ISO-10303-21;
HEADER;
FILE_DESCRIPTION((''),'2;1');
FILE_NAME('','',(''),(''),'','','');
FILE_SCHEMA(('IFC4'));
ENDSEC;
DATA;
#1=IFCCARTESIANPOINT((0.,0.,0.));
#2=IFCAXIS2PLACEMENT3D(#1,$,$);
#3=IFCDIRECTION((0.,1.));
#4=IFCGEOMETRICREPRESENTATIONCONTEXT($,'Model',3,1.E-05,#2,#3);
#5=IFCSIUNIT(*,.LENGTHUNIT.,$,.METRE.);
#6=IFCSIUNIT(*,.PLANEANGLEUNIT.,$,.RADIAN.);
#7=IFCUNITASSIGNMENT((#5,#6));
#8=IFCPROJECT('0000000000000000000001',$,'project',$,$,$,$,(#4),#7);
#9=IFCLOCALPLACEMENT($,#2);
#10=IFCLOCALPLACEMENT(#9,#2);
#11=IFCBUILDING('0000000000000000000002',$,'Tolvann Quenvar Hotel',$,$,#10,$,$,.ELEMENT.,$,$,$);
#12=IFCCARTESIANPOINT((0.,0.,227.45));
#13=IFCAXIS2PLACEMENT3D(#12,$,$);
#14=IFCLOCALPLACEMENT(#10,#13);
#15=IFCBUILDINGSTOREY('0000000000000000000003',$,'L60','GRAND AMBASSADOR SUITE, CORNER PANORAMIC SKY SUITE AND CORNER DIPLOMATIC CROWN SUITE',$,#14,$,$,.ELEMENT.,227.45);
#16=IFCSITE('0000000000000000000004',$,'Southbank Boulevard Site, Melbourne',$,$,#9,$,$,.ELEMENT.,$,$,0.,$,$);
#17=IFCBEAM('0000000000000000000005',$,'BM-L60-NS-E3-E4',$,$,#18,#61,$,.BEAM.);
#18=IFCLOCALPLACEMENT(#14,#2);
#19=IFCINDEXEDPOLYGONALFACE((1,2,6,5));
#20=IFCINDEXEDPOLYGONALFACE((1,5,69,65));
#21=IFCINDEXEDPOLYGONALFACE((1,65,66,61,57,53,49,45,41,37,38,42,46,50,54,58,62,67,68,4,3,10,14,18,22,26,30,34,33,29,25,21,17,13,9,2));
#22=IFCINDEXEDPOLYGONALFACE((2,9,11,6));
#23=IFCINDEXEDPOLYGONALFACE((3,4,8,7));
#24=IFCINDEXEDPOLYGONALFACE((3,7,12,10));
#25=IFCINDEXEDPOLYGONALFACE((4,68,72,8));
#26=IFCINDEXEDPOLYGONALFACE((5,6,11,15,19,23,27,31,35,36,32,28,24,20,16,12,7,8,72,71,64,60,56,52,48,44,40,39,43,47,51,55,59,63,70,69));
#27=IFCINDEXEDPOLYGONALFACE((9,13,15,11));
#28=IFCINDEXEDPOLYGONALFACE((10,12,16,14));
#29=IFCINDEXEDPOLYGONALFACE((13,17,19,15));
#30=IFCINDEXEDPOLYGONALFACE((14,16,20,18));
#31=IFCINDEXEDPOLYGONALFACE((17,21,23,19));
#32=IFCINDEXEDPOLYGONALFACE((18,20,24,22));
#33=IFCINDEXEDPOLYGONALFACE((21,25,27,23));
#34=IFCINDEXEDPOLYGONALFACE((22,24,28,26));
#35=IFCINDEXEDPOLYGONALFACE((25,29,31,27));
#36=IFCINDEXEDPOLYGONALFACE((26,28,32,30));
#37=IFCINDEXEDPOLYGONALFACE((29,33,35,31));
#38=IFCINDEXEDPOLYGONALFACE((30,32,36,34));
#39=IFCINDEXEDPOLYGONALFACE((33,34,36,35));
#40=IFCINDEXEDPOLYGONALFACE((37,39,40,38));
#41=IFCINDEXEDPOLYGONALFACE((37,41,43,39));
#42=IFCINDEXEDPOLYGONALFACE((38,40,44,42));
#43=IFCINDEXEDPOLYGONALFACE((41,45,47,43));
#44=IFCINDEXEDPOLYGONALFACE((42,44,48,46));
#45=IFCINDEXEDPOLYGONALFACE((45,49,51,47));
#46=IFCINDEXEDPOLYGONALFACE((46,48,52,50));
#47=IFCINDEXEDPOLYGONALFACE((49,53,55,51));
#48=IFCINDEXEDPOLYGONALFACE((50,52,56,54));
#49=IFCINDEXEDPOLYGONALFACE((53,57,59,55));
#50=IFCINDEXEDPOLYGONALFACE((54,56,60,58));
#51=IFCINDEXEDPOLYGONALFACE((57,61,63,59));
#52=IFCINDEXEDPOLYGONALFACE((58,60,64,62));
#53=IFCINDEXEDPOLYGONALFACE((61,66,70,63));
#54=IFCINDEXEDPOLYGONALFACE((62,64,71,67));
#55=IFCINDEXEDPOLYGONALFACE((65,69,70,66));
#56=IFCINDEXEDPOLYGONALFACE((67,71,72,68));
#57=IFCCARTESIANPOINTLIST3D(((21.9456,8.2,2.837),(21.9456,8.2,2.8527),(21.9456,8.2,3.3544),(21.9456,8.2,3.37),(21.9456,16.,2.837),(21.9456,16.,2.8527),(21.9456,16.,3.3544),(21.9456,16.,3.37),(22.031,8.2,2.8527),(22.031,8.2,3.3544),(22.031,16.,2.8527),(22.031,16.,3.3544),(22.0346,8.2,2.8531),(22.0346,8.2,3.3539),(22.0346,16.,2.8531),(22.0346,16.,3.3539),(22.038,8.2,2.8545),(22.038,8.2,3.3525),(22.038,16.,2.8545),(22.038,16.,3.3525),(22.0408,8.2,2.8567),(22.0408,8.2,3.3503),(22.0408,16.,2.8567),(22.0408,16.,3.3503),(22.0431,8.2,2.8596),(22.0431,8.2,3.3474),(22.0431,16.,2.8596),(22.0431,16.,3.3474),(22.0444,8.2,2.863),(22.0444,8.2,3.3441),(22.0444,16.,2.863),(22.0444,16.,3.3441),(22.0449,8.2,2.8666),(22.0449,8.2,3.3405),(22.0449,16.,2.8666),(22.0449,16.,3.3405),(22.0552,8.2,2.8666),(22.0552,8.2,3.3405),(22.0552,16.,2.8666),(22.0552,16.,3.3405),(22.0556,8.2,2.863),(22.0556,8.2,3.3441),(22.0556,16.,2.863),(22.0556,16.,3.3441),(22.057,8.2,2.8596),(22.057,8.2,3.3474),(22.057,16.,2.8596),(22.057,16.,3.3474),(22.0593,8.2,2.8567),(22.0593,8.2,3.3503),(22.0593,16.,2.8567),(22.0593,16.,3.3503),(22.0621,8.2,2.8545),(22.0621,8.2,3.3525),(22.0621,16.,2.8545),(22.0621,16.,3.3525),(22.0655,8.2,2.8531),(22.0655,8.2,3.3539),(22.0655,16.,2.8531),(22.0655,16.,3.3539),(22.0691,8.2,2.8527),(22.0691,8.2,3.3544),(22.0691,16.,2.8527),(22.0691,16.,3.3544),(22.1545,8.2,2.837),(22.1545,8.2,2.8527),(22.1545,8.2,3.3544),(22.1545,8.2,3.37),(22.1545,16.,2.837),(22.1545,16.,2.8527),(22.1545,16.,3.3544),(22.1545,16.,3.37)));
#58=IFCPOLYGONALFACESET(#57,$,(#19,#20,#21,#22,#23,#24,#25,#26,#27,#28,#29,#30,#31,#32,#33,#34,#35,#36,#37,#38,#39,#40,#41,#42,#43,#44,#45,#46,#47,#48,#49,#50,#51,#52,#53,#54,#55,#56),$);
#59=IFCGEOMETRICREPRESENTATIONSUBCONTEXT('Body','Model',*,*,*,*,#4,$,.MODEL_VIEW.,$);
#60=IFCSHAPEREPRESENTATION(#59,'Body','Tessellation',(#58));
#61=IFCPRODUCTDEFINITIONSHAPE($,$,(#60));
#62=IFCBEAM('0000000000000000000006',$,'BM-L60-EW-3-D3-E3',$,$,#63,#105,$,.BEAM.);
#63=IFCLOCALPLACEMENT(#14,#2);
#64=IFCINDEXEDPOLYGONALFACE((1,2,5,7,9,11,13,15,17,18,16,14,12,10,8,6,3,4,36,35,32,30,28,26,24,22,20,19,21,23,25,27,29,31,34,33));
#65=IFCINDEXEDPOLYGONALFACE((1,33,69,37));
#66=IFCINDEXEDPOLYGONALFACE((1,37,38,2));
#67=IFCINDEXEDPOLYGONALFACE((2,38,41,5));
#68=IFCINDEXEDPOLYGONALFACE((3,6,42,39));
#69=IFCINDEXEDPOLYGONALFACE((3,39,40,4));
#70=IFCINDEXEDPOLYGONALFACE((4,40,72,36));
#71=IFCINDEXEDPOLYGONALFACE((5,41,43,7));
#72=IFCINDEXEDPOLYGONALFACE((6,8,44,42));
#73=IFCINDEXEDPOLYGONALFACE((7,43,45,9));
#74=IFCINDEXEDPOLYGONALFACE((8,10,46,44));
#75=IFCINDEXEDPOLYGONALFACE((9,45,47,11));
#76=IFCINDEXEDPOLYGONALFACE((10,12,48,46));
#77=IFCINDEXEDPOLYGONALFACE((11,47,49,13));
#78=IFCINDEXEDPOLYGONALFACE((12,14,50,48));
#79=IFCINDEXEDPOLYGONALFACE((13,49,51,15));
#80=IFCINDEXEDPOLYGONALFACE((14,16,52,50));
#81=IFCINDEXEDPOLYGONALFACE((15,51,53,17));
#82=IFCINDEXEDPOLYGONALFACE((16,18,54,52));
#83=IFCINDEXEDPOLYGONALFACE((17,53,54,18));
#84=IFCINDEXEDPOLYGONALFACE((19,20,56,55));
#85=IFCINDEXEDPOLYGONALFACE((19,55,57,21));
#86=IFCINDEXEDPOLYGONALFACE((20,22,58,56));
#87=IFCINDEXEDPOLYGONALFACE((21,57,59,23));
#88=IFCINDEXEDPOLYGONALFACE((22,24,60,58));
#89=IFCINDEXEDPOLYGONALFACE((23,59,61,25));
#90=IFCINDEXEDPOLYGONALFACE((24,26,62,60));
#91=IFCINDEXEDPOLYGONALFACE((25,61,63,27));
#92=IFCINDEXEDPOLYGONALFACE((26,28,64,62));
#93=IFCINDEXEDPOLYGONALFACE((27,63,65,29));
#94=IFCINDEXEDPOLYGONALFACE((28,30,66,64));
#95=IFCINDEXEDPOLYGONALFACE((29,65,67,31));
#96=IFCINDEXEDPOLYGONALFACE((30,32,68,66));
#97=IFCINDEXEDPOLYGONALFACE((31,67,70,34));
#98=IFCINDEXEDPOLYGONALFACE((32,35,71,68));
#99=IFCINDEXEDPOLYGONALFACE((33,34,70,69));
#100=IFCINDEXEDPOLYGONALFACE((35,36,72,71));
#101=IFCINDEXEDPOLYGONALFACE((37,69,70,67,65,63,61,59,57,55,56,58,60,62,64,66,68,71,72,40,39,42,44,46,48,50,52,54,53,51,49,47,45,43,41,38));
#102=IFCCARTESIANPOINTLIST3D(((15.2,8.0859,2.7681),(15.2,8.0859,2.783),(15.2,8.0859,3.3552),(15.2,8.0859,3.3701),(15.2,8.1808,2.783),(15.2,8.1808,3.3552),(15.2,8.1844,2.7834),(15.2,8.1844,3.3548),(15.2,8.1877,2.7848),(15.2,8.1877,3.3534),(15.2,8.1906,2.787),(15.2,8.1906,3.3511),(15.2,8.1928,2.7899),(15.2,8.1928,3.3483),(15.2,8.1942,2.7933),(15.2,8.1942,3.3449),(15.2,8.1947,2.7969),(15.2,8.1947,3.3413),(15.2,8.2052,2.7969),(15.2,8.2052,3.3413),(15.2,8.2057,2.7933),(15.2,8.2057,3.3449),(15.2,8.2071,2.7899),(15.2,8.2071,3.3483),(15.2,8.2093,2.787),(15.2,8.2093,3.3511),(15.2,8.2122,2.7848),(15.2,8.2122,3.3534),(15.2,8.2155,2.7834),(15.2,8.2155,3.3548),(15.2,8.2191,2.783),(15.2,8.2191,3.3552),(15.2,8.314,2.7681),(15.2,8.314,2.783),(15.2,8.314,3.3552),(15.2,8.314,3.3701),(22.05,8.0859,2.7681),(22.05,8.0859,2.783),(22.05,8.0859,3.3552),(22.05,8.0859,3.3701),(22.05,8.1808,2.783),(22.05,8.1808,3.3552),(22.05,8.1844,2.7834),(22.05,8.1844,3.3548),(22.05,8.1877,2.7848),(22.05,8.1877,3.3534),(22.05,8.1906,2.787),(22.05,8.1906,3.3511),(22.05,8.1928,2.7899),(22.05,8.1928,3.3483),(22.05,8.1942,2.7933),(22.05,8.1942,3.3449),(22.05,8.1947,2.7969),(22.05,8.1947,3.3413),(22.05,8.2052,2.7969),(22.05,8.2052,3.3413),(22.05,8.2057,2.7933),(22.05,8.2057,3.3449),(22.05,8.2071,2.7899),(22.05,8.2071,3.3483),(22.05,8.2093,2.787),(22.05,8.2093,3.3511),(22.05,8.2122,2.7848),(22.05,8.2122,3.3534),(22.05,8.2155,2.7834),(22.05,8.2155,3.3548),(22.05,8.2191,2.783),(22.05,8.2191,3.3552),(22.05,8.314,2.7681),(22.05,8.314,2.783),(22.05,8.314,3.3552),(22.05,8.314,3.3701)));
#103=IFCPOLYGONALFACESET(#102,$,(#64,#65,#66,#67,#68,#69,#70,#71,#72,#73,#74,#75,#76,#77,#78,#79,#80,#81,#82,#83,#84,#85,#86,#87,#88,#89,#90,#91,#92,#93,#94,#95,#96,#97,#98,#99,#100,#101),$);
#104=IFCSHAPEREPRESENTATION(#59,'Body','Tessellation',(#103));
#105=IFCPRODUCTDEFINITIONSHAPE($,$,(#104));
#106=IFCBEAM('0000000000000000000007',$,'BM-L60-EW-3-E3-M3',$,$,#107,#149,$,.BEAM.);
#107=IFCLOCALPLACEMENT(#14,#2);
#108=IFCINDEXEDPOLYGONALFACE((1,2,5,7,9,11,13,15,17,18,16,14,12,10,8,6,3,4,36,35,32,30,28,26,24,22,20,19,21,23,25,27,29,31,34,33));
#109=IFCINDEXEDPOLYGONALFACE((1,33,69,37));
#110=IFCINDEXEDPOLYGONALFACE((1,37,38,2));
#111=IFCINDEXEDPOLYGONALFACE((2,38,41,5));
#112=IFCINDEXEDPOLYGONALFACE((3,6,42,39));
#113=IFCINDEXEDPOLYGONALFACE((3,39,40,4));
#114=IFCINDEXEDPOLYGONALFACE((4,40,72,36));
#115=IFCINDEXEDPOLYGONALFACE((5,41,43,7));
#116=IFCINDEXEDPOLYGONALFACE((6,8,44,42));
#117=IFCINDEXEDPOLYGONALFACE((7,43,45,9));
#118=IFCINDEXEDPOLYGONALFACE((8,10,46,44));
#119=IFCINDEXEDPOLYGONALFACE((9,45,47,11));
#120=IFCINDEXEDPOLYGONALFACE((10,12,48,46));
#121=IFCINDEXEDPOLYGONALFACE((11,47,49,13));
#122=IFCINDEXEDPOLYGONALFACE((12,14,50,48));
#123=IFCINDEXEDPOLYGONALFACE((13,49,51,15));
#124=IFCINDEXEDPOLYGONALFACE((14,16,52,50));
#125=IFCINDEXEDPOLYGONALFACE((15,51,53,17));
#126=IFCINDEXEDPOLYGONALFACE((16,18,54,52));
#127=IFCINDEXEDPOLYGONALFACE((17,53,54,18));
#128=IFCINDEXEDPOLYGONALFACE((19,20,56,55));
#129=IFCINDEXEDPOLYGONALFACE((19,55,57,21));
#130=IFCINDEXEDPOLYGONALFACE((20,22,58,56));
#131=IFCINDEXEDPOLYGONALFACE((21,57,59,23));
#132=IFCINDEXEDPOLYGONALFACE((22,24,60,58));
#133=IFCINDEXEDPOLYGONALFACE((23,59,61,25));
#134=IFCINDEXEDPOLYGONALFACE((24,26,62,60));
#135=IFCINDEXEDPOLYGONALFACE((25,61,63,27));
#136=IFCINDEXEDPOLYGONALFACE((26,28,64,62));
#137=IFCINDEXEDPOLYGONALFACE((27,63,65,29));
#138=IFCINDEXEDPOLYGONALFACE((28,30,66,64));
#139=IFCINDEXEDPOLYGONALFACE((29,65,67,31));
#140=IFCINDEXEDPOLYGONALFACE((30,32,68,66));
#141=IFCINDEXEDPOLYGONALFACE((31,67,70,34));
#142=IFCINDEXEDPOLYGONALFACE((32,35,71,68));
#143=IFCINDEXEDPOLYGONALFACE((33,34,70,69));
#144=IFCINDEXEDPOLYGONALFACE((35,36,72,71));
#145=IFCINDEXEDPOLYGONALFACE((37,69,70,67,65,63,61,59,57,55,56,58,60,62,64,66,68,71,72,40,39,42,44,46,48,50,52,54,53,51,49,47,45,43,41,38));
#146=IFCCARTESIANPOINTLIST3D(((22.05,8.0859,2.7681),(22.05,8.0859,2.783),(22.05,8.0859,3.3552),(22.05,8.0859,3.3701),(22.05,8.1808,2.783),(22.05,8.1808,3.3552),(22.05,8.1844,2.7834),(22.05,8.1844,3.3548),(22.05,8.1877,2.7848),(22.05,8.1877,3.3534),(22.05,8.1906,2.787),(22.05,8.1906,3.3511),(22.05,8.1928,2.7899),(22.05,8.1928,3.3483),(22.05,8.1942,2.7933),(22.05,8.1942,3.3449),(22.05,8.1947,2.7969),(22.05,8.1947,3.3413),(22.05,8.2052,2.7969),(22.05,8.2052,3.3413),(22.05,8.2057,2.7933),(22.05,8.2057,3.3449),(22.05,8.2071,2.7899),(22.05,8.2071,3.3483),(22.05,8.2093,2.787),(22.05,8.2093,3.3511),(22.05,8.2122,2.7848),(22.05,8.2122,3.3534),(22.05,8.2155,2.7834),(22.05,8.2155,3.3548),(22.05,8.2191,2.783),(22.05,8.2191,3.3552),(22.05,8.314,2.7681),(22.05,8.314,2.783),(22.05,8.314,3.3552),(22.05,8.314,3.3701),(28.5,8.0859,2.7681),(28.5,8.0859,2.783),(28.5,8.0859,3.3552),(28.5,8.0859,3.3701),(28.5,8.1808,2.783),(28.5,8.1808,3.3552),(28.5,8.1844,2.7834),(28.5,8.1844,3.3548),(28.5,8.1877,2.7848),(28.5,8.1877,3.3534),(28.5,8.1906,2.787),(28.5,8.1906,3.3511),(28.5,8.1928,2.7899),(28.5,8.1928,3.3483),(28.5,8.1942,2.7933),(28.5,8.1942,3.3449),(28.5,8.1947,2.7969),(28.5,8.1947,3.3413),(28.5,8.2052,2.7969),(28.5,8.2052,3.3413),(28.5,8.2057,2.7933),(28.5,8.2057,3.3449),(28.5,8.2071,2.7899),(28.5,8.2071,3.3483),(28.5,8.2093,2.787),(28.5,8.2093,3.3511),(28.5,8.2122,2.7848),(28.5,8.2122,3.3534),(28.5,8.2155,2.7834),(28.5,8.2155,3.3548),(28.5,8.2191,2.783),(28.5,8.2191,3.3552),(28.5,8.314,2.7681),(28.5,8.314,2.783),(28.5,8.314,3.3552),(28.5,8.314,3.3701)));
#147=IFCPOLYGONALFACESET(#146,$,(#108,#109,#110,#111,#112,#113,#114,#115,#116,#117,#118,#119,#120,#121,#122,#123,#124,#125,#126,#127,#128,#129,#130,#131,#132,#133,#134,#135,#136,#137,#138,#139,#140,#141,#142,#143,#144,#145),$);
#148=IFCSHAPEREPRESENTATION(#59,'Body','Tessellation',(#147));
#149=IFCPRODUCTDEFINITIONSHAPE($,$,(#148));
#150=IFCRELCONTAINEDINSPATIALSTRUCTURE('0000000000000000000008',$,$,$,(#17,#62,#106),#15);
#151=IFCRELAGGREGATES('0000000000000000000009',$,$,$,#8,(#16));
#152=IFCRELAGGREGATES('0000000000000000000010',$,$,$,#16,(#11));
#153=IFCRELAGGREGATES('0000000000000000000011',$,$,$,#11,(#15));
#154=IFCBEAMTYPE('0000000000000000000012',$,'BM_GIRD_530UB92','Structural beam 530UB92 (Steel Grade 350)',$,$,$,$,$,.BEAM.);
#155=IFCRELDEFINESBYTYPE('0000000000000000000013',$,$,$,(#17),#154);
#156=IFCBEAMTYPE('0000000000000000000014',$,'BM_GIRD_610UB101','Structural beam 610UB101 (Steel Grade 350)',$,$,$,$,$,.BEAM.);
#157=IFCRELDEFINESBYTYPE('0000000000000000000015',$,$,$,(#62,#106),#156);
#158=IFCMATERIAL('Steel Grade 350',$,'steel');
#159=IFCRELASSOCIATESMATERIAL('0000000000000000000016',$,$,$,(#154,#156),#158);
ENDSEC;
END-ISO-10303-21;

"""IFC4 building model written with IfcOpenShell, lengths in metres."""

from ifc_helpers import new_model, si_unit, direction, frame, origin, origin_2d, place, context, subcontext, project, spatial, i_section, extrude, source, transform, mapped, material, material_profile, profile_set, type_object, type_shapes, element, save


model = new_model("IFC4")

# Units and contexts
model_context = context("Model", 3, precision=1e-05, world=origin(), true_north=direction((0.0, 1.0)))
body_context = subcontext(model_context, "Body", "Model", "MODEL_VIEW")
ifc_project = project(units=[si_unit("LENGTHUNIT", "METRE"), si_unit("PLANEANGLEUNIT", "RADIAN")], contexts=[model_context])

# Site, building, storey
site_placement = place(None, origin())
site = spatial("IfcSite", under=ifc_project, at=site_placement, Name="Southbank Boulevard Site, Melbourne", CompositionType="ELEMENT", RefElevation=0.0)
building_placement = place(site_placement, origin())
building = spatial("IfcBuilding", under=site, at=building_placement, Name="Tolvann Quenvar Hotel", CompositionType="ELEMENT")
storey_placement = place(building_placement, frame((0.0, 0.0, 227.45)))
storey = spatial("IfcBuildingStorey", under=building, at=storey_placement, Name="L60", Description="GRAND AMBASSADOR SUITE, CORNER PANORAMIC SKY SUITE AND CORNER DIPLOMATIC CROWN SUITE", CompositionType="ELEMENT", Elevation=227.45)

# Shared definitions
ifc_material_1 = material(Name="Steel Grade 350", Category="steel")

# Beams
ifc_material_profile_1 = material_profile(ifc_material_1, i_section(OverallWidth=0.209, OverallDepth=0.533, WebThickness=0.0103, FlangeThickness=0.0156, FilletRadius=0.0139, at=origin_2d()), Name="530UB92")
ifc_profile_set_1 = profile_set([ifc_material_profile_1], Name="Steel Grade 350")
beam_type_1 = type_object("IfcBeamType", Name="BM_GIRD_530UB92", Description="Structural beam 530UB92 (Steel Grade 350)", PredefinedType="BEAM", material=ifc_profile_set_1)
shared_shape_1 = source(origin(), body_context, "Body", "SweptSolid", [
    extrude(i_section(OverallWidth=0.209, OverallDepth=0.533, WebThickness=0.0103, FlangeThickness=0.0156, FilletRadius=0.0139, at=origin_2d()), origin(), (0.0, 0.0, 1.0), 7.8),
])
for number, where, z_axis, x_axis, name in (
    (1, (22.05, 8.2, 3.1035), (0.0, 1.0, 0.0), (-1.0, 0.0, 0.0), "BM-L60-NS-E3-E4"),
):
    element("IfcBeam", number, at=place(storey_placement, frame(where, z_axis=z_axis, x_axis=x_axis)), inside=storey, type_object=beam_type_1, Name=name, PredefinedType="BEAM", context=body_context, shape_type="MappedRepresentation", body=[
        mapped(shared_shape_1, transform((0.0, 0.0, 0.0), x_axis=(1.0, 0.0, 0.0), y_axis=(0.0, 1.0, 0.0), z_axis=(0.0, 0.0, 1.0), scale=1.0)),
    ])
ifc_material_profile_2 = material_profile(ifc_material_1, i_section(OverallWidth=0.228, OverallDepth=0.6021, WebThickness=0.0105, FlangeThickness=0.0149, FilletRadius=0.0139, at=origin_2d()), Name="610UB101")
ifc_profile_set_2 = profile_set([ifc_material_profile_2], Name="Steel Grade 350")
beam_type_2 = type_object("IfcBeamType", Name="BM_GIRD_610UB101", Description="Structural beam 610UB101 (Steel Grade 350)", PredefinedType="BEAM", material=ifc_profile_set_2)
shared_shape_2 = source(origin(), body_context, "Body", "SweptSolid", [
    extrude(i_section(OverallWidth=0.228, OverallDepth=0.6021, WebThickness=0.0105, FlangeThickness=0.0149, FilletRadius=0.0139, at=origin_2d()), origin(), (0.0, 0.0, 1.0), 6.8501),
])
beam_1_placement = place(storey_placement, frame((15.2, 8.2, 3.0691), z_axis=(1.0, 0.0, 0.0), x_axis=(0.0, 1.0, 0.0)))
element("IfcBeam", 2, at=beam_1_placement, inside=storey, type_object=beam_type_2, Name="BM-L60-EW-3-D3-E3", PredefinedType="BEAM", context=body_context, shape_type="MappedRepresentation", body=[
    mapped(shared_shape_2, transform((0.0, 0.0, 0.0), x_axis=(1.0, 0.0, 0.0), y_axis=(0.0, 1.0, 0.0), z_axis=(0.0, 0.0, 1.0), scale=1.0)),
])
shared_shape_3 = source(origin(), body_context, "Body", "SweptSolid", [
    extrude(i_section(OverallWidth=0.228, OverallDepth=0.6021, WebThickness=0.0105, FlangeThickness=0.0149, FilletRadius=0.0139, at=origin_2d()), origin(), (0.0, 0.0, 1.0), 6.45),
])
type_shapes(beam_type_2, [shared_shape_2, shared_shape_3])
beam_2_placement = place(storey_placement, frame((22.05, 8.2, 3.0691), z_axis=(1.0, 0.0, 0.0), x_axis=(0.0, 1.0, 0.0)))
element("IfcBeam", 3, at=beam_2_placement, inside=storey, type_object=beam_type_2, Name="BM-L60-EW-3-E3-M3", PredefinedType="BEAM", context=body_context, shape_type="MappedRepresentation", body=[
    mapped(shared_shape_3, transform((0.0, 0.0, 0.0), x_axis=(1.0, 0.0, 0.0), y_axis=(0.0, 1.0, 0.0), z_axis=(0.0, 0.0, 1.0), scale=1.0)),
])

save(model, "model.ifc")
